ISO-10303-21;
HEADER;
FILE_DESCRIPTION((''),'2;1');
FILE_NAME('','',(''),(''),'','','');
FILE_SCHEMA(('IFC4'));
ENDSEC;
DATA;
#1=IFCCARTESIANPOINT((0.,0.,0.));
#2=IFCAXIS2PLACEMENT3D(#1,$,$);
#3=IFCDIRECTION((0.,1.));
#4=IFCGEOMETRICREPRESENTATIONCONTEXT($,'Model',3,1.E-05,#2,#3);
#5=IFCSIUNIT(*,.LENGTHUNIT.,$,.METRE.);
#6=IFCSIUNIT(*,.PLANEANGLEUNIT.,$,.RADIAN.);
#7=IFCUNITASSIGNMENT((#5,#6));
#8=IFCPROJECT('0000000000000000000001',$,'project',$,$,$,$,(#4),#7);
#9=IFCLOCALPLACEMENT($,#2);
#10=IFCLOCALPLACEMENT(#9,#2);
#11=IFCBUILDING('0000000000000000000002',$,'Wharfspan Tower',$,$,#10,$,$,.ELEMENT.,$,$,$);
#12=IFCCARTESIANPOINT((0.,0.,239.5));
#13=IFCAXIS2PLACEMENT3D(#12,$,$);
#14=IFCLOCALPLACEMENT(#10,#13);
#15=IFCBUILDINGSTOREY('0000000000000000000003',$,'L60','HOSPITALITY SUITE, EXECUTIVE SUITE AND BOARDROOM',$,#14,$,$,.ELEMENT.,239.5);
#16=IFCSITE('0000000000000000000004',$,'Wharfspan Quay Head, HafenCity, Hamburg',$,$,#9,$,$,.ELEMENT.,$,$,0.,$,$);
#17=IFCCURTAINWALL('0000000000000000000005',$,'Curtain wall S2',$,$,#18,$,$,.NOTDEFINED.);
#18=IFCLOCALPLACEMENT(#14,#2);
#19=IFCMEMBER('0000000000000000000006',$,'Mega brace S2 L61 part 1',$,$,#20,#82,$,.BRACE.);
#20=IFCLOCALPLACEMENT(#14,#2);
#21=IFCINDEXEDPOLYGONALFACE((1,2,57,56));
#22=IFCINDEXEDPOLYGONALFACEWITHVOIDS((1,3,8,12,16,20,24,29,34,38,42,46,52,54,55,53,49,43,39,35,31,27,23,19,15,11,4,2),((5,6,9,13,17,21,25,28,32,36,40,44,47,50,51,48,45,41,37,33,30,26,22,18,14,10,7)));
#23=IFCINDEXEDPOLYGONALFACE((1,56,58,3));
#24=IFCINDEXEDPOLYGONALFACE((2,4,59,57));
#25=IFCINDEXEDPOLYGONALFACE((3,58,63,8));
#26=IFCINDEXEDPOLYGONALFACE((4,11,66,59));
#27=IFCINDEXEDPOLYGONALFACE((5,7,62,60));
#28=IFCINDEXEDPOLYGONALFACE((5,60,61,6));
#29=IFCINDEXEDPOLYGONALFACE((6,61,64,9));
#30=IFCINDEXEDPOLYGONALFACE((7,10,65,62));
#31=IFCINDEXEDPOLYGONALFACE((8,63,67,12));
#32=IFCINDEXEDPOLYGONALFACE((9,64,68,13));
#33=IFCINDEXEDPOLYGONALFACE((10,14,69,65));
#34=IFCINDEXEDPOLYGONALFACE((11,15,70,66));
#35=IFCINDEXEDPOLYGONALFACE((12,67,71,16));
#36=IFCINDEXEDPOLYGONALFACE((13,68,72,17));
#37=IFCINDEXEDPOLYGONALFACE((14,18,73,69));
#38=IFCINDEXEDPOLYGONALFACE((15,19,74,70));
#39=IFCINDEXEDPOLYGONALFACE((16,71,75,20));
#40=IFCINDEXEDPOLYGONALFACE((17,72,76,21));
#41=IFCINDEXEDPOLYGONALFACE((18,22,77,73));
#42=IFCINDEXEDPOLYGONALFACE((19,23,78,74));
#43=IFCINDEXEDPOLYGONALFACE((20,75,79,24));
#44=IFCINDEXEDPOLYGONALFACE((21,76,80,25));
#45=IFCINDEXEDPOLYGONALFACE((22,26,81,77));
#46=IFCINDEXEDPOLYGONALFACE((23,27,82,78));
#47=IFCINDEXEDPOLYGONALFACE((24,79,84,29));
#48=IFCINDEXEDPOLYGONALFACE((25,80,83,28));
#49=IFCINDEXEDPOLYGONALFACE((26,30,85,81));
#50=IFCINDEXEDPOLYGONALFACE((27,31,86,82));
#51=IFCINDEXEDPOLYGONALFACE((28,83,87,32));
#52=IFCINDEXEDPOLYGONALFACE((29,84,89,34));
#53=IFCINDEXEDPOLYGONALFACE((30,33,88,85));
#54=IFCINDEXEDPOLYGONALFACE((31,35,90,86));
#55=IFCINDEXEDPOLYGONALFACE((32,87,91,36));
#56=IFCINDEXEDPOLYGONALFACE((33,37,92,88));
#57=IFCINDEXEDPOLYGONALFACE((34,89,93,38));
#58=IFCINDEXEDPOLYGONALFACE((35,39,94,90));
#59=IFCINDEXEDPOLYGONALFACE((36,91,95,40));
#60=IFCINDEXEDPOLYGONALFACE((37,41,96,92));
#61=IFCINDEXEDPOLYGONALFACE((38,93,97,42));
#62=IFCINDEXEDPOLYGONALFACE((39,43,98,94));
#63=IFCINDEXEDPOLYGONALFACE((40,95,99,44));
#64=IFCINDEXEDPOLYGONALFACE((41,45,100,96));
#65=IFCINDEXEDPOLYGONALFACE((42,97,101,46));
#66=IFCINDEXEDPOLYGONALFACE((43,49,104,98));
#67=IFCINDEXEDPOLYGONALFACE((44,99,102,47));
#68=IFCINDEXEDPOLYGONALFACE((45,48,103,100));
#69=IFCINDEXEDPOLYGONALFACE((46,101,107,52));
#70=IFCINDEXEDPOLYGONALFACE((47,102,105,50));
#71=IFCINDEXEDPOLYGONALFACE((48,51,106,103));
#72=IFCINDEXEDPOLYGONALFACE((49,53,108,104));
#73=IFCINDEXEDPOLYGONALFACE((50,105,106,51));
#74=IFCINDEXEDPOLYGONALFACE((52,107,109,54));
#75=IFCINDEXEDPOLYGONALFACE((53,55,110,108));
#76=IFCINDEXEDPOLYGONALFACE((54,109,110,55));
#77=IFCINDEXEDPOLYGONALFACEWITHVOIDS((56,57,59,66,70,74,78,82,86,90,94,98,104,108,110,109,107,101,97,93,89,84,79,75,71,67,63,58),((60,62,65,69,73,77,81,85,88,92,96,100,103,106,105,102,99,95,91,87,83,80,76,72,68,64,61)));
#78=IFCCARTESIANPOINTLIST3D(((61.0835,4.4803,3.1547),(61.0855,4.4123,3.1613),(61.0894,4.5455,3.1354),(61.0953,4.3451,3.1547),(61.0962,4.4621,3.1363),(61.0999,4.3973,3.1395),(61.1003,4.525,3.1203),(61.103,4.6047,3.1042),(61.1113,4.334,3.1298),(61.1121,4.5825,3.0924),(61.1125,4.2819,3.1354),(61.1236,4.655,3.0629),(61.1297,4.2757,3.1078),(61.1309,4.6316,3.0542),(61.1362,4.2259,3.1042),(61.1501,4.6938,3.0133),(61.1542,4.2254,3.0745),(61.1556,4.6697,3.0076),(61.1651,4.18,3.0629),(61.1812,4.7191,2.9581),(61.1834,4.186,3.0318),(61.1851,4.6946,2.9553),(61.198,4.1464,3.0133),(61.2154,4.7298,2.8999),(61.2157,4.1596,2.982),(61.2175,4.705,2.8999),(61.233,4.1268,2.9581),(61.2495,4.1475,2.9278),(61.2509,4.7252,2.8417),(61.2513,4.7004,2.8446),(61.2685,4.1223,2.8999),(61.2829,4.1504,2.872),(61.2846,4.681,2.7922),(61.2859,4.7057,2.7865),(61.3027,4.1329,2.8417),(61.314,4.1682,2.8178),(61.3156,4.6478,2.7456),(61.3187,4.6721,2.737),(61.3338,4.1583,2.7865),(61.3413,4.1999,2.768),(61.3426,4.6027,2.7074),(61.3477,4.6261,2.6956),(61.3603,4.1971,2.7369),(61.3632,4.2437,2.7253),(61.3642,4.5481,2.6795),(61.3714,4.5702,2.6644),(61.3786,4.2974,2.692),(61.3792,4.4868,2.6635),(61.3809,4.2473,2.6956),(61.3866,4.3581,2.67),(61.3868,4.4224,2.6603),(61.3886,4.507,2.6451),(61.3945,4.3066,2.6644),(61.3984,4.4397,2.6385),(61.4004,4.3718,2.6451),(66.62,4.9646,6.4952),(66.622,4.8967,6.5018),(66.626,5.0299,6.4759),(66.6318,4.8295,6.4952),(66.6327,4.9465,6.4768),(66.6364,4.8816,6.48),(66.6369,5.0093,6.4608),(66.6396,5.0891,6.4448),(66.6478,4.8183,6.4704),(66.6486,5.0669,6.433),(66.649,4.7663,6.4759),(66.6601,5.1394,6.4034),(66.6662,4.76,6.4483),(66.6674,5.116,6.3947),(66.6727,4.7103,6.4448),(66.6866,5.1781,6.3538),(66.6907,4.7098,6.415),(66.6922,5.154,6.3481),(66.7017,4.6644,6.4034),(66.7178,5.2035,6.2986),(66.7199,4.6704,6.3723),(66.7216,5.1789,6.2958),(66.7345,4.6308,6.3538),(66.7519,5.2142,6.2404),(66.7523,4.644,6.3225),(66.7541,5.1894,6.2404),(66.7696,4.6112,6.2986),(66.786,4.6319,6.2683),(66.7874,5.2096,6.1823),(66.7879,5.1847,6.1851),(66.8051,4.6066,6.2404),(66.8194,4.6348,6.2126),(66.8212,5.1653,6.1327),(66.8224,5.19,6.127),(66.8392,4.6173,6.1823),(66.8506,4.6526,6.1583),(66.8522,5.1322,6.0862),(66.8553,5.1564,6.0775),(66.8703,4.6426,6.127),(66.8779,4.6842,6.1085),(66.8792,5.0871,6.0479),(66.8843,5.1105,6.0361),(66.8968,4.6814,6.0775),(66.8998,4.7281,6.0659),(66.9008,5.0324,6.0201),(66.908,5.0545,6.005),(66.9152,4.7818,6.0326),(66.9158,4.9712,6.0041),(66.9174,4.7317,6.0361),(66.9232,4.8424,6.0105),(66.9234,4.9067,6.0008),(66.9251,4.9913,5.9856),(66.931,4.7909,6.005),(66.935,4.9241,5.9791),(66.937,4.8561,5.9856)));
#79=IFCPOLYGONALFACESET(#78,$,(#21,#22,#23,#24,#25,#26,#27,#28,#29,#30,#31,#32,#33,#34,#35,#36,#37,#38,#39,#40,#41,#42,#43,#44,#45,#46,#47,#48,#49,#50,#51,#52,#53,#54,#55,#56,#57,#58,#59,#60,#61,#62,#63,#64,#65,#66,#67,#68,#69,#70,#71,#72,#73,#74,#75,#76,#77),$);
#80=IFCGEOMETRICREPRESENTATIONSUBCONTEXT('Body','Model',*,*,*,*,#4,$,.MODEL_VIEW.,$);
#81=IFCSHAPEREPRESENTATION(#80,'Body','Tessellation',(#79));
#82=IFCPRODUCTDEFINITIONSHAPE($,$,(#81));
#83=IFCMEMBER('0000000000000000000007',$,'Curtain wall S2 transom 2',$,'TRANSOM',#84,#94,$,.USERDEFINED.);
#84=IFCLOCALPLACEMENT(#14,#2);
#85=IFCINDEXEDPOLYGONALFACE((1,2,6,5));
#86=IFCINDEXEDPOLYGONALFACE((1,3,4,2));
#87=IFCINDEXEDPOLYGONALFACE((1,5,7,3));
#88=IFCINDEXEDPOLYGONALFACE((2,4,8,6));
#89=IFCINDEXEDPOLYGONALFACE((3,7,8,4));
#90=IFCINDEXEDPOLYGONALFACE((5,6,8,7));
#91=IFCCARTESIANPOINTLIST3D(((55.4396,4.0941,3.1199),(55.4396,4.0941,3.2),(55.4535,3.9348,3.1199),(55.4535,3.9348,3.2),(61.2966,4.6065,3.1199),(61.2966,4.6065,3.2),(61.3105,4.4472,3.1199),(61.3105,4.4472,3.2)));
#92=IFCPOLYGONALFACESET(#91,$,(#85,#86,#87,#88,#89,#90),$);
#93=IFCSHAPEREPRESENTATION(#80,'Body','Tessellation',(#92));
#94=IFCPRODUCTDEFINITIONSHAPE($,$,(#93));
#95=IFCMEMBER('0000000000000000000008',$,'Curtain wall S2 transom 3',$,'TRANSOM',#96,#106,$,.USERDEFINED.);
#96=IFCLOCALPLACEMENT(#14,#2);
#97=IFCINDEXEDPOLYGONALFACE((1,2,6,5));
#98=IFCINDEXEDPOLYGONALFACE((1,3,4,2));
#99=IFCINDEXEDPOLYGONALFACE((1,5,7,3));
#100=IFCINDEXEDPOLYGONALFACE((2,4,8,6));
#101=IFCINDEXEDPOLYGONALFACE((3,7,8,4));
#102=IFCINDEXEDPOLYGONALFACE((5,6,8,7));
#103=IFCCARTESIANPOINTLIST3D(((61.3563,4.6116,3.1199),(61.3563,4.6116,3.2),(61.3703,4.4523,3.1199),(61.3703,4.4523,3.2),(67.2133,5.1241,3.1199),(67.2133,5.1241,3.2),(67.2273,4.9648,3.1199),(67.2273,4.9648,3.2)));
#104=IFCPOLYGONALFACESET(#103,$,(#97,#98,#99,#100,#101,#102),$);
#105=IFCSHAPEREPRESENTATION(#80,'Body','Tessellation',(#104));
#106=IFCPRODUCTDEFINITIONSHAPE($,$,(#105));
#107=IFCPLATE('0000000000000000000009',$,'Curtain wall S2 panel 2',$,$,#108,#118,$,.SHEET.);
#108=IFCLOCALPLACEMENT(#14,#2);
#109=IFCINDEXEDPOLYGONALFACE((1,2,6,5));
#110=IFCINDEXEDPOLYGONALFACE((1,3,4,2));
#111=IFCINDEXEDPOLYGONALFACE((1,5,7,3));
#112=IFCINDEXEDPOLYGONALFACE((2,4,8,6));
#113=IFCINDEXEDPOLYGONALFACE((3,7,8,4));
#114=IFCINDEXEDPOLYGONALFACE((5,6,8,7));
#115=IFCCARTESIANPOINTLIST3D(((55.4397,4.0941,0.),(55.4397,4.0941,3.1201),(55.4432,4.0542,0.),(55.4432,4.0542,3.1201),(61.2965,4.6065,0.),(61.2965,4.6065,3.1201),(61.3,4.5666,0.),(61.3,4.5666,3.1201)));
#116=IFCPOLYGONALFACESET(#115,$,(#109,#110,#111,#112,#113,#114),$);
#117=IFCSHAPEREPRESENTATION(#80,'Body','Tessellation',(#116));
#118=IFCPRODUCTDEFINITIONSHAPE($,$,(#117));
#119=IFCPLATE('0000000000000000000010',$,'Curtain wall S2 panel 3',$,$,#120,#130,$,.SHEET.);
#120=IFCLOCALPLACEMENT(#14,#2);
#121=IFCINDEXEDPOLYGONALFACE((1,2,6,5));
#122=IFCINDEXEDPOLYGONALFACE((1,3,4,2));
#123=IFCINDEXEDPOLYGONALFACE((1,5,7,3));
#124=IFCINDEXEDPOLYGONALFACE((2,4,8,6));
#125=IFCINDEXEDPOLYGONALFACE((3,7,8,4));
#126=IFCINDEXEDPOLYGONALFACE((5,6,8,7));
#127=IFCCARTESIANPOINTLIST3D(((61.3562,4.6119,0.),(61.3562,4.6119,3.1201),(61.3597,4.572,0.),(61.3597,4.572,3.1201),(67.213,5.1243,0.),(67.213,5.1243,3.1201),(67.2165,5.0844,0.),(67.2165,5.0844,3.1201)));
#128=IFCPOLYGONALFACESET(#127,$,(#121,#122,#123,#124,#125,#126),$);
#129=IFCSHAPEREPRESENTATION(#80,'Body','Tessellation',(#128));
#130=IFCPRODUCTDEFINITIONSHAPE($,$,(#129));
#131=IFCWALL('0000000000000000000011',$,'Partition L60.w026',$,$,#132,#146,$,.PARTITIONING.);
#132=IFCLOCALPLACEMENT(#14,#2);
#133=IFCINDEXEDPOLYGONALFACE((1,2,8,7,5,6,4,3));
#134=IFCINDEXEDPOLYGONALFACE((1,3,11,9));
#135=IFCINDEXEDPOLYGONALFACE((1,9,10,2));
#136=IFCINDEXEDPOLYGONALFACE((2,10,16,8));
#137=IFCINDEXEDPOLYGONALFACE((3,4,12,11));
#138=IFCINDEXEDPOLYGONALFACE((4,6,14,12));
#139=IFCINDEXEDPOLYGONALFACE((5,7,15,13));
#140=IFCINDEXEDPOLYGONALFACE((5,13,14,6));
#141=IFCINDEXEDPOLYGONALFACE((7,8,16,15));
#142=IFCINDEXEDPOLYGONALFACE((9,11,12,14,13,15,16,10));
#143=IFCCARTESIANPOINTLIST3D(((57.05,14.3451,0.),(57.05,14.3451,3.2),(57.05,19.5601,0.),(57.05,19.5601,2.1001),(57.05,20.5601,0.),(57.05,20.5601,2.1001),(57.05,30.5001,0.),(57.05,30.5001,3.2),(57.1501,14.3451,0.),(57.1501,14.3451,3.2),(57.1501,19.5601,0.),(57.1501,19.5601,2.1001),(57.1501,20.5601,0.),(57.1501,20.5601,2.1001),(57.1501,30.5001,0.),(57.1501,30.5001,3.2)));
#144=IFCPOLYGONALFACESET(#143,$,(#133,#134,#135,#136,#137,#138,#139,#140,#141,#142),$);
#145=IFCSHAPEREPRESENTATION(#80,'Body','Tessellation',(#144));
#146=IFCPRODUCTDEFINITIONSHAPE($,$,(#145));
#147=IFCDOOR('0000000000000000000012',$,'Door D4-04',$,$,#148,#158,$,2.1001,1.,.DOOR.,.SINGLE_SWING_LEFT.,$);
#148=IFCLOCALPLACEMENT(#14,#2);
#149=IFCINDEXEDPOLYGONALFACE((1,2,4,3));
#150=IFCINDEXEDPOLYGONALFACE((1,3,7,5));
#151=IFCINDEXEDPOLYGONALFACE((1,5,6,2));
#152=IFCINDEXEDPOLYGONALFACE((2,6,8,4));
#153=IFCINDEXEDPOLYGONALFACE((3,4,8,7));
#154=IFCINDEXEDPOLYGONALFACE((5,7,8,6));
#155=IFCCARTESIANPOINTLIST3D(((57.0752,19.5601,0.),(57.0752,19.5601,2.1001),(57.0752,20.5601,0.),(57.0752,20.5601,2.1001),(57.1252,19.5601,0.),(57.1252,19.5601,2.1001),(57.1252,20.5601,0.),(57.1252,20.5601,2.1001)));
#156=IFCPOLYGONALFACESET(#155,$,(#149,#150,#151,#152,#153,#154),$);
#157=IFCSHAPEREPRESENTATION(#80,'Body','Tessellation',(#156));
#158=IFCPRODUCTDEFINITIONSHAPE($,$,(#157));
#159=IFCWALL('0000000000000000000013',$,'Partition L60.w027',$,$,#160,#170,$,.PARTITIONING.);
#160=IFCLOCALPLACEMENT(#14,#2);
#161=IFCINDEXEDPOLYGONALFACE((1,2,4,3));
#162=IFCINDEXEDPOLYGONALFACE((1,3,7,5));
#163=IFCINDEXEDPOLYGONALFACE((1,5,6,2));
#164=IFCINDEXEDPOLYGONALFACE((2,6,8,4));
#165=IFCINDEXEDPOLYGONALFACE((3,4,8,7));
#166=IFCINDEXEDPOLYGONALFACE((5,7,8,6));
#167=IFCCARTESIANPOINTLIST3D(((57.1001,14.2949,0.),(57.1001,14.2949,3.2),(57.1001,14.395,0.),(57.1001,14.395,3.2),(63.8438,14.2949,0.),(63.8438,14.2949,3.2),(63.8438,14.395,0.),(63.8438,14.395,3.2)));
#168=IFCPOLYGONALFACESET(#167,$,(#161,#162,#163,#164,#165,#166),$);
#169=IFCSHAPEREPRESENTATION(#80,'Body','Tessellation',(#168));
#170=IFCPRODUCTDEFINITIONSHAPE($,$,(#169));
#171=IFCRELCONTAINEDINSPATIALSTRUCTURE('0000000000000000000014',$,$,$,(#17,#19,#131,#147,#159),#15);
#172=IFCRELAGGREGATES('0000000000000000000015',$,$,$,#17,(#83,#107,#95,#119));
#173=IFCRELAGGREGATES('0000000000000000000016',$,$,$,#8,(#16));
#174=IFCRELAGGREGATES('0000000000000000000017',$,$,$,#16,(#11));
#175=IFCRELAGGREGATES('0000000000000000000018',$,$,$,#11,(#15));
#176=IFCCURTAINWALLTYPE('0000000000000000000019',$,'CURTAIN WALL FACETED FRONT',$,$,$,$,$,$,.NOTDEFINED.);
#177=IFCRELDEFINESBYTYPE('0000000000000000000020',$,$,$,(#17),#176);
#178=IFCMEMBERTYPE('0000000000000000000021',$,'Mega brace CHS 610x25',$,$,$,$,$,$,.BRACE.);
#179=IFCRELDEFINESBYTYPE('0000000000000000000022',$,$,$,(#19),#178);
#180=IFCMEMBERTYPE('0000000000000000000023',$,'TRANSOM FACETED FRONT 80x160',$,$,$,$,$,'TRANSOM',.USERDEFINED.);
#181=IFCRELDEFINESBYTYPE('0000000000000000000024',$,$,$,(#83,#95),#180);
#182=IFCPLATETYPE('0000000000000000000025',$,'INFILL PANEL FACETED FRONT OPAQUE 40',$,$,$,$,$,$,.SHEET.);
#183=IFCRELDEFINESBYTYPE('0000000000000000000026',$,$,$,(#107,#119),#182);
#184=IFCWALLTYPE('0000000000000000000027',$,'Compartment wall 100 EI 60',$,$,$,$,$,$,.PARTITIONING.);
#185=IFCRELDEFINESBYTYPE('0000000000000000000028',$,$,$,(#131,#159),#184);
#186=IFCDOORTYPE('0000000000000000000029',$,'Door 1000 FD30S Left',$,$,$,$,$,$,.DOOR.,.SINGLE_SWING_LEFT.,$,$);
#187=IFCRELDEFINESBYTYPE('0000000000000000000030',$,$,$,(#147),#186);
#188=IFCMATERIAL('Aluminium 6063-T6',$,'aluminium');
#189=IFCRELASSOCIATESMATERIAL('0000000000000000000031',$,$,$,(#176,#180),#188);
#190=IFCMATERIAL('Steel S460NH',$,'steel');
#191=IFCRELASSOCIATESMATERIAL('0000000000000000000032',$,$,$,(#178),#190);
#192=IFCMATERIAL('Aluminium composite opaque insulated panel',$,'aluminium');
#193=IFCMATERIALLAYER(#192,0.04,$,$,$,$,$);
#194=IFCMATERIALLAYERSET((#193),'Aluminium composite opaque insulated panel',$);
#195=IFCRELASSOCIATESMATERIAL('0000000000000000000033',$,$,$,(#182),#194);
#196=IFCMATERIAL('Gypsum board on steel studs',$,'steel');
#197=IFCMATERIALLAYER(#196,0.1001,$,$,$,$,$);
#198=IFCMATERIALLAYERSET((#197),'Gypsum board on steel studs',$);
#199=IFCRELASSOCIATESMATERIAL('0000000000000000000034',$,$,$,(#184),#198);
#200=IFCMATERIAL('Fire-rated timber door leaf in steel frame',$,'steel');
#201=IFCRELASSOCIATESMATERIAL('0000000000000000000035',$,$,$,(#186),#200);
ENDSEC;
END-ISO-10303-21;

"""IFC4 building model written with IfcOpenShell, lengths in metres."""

from ifc_helpers import new_model, si_unit, direction, frame, frame_2d, origin, origin_2d, place, context, subcontext, project, spatial, rectangle, hollow_circle, extrude, material, layer, layer_set, material_profile, profile_set, type_object, element, fill, aggregate, save


model = new_model("IFC4")

# Units and contexts
model_context = context("Model", 3, precision=1e-05, world=origin(), true_north=direction((0.0, 1.0)))
body_context = subcontext(model_context, "Body", "Model", "MODEL_VIEW")
ifc_project = project(units=[si_unit("LENGTHUNIT", "METRE"), si_unit("PLANEANGLEUNIT", "RADIAN")], contexts=[model_context])

# Site, building, storey
site_placement = place(None, origin())
site = spatial("IfcSite", under=ifc_project, at=site_placement, Name="Wharfspan Quay Head, HafenCity, Hamburg", CompositionType="ELEMENT", RefElevation=0.0)
building_placement = place(site_placement, origin())
building = spatial("IfcBuilding", under=site, at=building_placement, Name="Wharfspan Tower", CompositionType="ELEMENT")
storey_placement = place(building_placement, frame((0.0, 0.0, 239.5)))
storey = spatial("IfcBuildingStorey", under=building, at=storey_placement, Name="L60", Description="HOSPITALITY SUITE, EXECUTIVE SUITE AND BOARDROOM", CompositionType="ELEMENT", Elevation=239.5)

# Curtain wall
ifc_material_1 = material(Name="Aluminium 6063-T6", Category="aluminium")
curtain_wall_type = type_object("IfcCurtainWallType", Name="CURTAIN WALL FACETED FRONT", PredefinedType="NOTDEFINED", material=ifc_material_1)
curtain_wall_placement = place(storey_placement, origin())
curtain_wall = element("IfcCurtainWall", 1, at=curtain_wall_placement, inside=storey, type_object=curtain_wall_type, Name="Curtain wall S2", PredefinedType="NOTDEFINED")

# Members
ifc_material_2 = material(Name="Steel S460NH", Category="steel")
ifc_material_profile_1 = material_profile(ifc_material_2, hollow_circle(Radius=0.3049, WallThickness=0.0249, at=origin_2d()))
ifc_profile_set_1 = profile_set([ifc_material_profile_1], Name="Steel S460NH")
member_type_1 = type_object("IfcMemberType", Name="Mega brace CHS 610x25", PredefinedType="BRACE", material=ifc_profile_set_1)
member_1_placement = place(storey_placement, frame((61.2419, 4.426, 2.8999), z_axis=(0.853829, 0.074698, 0.515166), x_axis=(-0.087155, 0.996197, 0.000003)))
element("IfcMember", 2, at=member_1_placement, inside=storey, type_object=member_type_1, Name="Mega brace S2 L61 part 1", PredefinedType="BRACE", context=body_context, shape_type="SweptSolid", body=[
    extrude(hollow_circle(Radius=0.3049, WallThickness=0.0249, at=origin_2d()), origin(), (0.0, 0.0, 1.0), 6.4844),
])
ifc_material_profile_2 = material_profile(ifc_material_1, rectangle(XDim=0.1599, YDim=0.0801, at=origin_2d()))
ifc_profile_set_2 = profile_set([ifc_material_profile_2], Name="Aluminium 6063-T6")
member_type_2 = type_object("IfcMemberType", Name="TRANSOM FACETED FRONT 80x160", ElementType="TRANSOM", PredefinedType="USERDEFINED", material=ifc_profile_set_2)
member_2_placement = place(storey_placement, frame((55.4465, 4.0144, 3.1599), z_axis=(0.996194, 0.087162, 0.0), x_axis=(-0.087162, 0.996194, 0.0)))
member_2 = element("IfcMember", 3, at=member_2_placement, type_object=member_type_2, Name="Curtain wall S2 transom 2", ObjectType="TRANSOM", PredefinedType="USERDEFINED", context=body_context, shape_type="SweptSolid", body=[
    extrude(rectangle(XDim=0.1599, YDim=0.0801, at=origin_2d()), origin(), (0.0, 0.0, 1.0), 5.8794),
])
member_3_placement = place(storey_placement, frame((61.3633, 4.532, 3.1599), z_axis=(0.996194, 0.087162, 0.0), x_axis=(-0.087162, 0.996194, 0.0)))
member_3 = element("IfcMember", 4, at=member_3_placement, type_object=member_type_2, Name="Curtain wall S2 transom 3", ObjectType="TRANSOM", PredefinedType="USERDEFINED", context=body_context, shape_type="SweptSolid", body=[
    extrude(rectangle(XDim=0.1599, YDim=0.0801, at=origin_2d()), origin(), (0.0, 0.0, 1.0), 5.8794),
])

# Plates
ifc_material_3 = material(Name="Aluminium composite opaque insulated panel", Category="aluminium")
ifc_layer_1 = layer(ifc_material_3, 0.04)
ifc_layer_set_1 = layer_set([ifc_layer_1], Name="Aluminium composite opaque insulated panel")
plate_type = type_object("IfcPlateType", Name="INFILL PANEL FACETED FRONT OPAQUE 40", PredefinedType="SHEET", material=ifc_layer_set_1)
plate_1_placement = place(storey_placement, frame((58.3699, 4.3303, 0.0), z_axis=(0.0, 0.0, 1.0), x_axis=(0.996197, 0.087156, 0.0)))
plate_1 = element("IfcPlate", 5, at=plate_1_placement, type_object=plate_type, Name="Curtain wall S2 panel 2", PredefinedType="SHEET", context=body_context, shape_type="SweptSolid", body=[
    extrude(rectangle(XDim=5.8792, YDim=0.04, at=origin_2d()), origin(), (0.0, 0.0, 1.0), 3.1201),
])
plate_2_placement = place(storey_placement, frame((64.2864, 4.8481, 0.0), z_axis=(0.0, 0.0, 1.0), x_axis=(0.996197, 0.087156, 0.0)))
plate_2 = element("IfcPlate", 6, at=plate_2_placement, type_object=plate_type, Name="Curtain wall S2 panel 3", PredefinedType="SHEET", context=body_context, shape_type="SweptSolid", body=[
    extrude(rectangle(XDim=5.8792, YDim=0.04, at=origin_2d()), origin(), (0.0, 0.0, 1.0), 3.1201),
])
aggregate(curtain_wall, [member_2, plate_1, member_3, plate_2])

# Wall, opening, door
ifc_material_4 = material(Name="Gypsum board on steel studs", Category="steel")
ifc_layer_2 = layer(ifc_material_4, 0.1001)
ifc_layer_set_2 = layer_set([ifc_layer_2], Name="Gypsum board on steel studs")
wall_type_1 = type_object("IfcWallType", Name="Compartment wall 100 EI 60", PredefinedType="PARTITIONING", material=ifc_layer_set_2)
wall_1_placement = place(storey_placement, frame((57.1001, 14.345, 0.0), z_axis=(0.0, 0.0, 1.0), x_axis=(0.0, 1.0, 0.0)))
wall_1 = element("IfcWall", 7, at=wall_1_placement, inside=storey, type_object=wall_type_1, Name="Partition L60.w026", PredefinedType="PARTITIONING", context=body_context, shape_type="SweptSolid", body=[
    extrude(rectangle(XDim=16.155, YDim=0.1001, at=frame_2d((8.0776, 0.0))), origin(), (0.0, 0.0, 1.0), 3.2),
])
opening_1_placement = place(wall_1_placement, frame((5.2151, 0.0, 0.0)))
opening_1 = element("IfcOpeningElement", 8, at=opening_1_placement, cuts=wall_1, PredefinedType="OPENING", context=body_context, shape_type="SweptSolid", body=[
    extrude(rectangle(XDim=1.0, YDim=2.1001, at=frame_2d((0.5, 1.05))), frame((0.0, 0.0601, 0.0), z_axis=(0.0, -1.0, 0.0), x_axis=(1.0, 0.0, 0.0)), (0.0, 0.0, 1.0), 0.1201),
])
ifc_material_5 = material(Name="Fire-rated timber door leaf in steel frame", Category="steel")
door_type_1 = type_object("IfcDoorType", Name="Door 1000 FD30S Left", OperationType="SINGLE_SWING_LEFT", PredefinedType="DOOR", material=ifc_material_5)
door_1_placement = place(opening_1_placement, origin())
door_1 = element("IfcDoor", 9, at=door_1_placement, inside=storey, type_object=door_type_1, Name="Door D4-04", OperationType="SINGLE_SWING_LEFT", OverallHeight=2.1001, OverallWidth=1.0, PredefinedType="DOOR", context=body_context, shape_type="SweptSolid", body=[
    extrude(rectangle(XDim=1.0, YDim=2.1001, at=frame_2d((0.5, 1.05))), frame((0.0, 0.0249, 0.0), z_axis=(0.0, -1.0, 0.0), x_axis=(1.0, 0.0, 0.0)), (0.0, 0.0, 1.0), 0.05),
])
fill(opening_1, door_1)

# Wall
wall_2_placement = place(storey_placement, frame((57.1001, 14.345, 0.0), z_axis=(0.0, 0.0, 1.0), x_axis=(1.0, 0.0, 0.0)))
element("IfcWall", 10, at=wall_2_placement, inside=storey, type_object=wall_type_1, Name="Partition L60.w027", PredefinedType="PARTITIONING", context=body_context, shape_type="SweptSolid", body=[
    extrude(rectangle(XDim=6.7437, YDim=0.1001, at=frame_2d((3.3718, 0.0))), origin(), (0.0, 0.0, 1.0), 3.2),
])

save(model, "model.ifc")
